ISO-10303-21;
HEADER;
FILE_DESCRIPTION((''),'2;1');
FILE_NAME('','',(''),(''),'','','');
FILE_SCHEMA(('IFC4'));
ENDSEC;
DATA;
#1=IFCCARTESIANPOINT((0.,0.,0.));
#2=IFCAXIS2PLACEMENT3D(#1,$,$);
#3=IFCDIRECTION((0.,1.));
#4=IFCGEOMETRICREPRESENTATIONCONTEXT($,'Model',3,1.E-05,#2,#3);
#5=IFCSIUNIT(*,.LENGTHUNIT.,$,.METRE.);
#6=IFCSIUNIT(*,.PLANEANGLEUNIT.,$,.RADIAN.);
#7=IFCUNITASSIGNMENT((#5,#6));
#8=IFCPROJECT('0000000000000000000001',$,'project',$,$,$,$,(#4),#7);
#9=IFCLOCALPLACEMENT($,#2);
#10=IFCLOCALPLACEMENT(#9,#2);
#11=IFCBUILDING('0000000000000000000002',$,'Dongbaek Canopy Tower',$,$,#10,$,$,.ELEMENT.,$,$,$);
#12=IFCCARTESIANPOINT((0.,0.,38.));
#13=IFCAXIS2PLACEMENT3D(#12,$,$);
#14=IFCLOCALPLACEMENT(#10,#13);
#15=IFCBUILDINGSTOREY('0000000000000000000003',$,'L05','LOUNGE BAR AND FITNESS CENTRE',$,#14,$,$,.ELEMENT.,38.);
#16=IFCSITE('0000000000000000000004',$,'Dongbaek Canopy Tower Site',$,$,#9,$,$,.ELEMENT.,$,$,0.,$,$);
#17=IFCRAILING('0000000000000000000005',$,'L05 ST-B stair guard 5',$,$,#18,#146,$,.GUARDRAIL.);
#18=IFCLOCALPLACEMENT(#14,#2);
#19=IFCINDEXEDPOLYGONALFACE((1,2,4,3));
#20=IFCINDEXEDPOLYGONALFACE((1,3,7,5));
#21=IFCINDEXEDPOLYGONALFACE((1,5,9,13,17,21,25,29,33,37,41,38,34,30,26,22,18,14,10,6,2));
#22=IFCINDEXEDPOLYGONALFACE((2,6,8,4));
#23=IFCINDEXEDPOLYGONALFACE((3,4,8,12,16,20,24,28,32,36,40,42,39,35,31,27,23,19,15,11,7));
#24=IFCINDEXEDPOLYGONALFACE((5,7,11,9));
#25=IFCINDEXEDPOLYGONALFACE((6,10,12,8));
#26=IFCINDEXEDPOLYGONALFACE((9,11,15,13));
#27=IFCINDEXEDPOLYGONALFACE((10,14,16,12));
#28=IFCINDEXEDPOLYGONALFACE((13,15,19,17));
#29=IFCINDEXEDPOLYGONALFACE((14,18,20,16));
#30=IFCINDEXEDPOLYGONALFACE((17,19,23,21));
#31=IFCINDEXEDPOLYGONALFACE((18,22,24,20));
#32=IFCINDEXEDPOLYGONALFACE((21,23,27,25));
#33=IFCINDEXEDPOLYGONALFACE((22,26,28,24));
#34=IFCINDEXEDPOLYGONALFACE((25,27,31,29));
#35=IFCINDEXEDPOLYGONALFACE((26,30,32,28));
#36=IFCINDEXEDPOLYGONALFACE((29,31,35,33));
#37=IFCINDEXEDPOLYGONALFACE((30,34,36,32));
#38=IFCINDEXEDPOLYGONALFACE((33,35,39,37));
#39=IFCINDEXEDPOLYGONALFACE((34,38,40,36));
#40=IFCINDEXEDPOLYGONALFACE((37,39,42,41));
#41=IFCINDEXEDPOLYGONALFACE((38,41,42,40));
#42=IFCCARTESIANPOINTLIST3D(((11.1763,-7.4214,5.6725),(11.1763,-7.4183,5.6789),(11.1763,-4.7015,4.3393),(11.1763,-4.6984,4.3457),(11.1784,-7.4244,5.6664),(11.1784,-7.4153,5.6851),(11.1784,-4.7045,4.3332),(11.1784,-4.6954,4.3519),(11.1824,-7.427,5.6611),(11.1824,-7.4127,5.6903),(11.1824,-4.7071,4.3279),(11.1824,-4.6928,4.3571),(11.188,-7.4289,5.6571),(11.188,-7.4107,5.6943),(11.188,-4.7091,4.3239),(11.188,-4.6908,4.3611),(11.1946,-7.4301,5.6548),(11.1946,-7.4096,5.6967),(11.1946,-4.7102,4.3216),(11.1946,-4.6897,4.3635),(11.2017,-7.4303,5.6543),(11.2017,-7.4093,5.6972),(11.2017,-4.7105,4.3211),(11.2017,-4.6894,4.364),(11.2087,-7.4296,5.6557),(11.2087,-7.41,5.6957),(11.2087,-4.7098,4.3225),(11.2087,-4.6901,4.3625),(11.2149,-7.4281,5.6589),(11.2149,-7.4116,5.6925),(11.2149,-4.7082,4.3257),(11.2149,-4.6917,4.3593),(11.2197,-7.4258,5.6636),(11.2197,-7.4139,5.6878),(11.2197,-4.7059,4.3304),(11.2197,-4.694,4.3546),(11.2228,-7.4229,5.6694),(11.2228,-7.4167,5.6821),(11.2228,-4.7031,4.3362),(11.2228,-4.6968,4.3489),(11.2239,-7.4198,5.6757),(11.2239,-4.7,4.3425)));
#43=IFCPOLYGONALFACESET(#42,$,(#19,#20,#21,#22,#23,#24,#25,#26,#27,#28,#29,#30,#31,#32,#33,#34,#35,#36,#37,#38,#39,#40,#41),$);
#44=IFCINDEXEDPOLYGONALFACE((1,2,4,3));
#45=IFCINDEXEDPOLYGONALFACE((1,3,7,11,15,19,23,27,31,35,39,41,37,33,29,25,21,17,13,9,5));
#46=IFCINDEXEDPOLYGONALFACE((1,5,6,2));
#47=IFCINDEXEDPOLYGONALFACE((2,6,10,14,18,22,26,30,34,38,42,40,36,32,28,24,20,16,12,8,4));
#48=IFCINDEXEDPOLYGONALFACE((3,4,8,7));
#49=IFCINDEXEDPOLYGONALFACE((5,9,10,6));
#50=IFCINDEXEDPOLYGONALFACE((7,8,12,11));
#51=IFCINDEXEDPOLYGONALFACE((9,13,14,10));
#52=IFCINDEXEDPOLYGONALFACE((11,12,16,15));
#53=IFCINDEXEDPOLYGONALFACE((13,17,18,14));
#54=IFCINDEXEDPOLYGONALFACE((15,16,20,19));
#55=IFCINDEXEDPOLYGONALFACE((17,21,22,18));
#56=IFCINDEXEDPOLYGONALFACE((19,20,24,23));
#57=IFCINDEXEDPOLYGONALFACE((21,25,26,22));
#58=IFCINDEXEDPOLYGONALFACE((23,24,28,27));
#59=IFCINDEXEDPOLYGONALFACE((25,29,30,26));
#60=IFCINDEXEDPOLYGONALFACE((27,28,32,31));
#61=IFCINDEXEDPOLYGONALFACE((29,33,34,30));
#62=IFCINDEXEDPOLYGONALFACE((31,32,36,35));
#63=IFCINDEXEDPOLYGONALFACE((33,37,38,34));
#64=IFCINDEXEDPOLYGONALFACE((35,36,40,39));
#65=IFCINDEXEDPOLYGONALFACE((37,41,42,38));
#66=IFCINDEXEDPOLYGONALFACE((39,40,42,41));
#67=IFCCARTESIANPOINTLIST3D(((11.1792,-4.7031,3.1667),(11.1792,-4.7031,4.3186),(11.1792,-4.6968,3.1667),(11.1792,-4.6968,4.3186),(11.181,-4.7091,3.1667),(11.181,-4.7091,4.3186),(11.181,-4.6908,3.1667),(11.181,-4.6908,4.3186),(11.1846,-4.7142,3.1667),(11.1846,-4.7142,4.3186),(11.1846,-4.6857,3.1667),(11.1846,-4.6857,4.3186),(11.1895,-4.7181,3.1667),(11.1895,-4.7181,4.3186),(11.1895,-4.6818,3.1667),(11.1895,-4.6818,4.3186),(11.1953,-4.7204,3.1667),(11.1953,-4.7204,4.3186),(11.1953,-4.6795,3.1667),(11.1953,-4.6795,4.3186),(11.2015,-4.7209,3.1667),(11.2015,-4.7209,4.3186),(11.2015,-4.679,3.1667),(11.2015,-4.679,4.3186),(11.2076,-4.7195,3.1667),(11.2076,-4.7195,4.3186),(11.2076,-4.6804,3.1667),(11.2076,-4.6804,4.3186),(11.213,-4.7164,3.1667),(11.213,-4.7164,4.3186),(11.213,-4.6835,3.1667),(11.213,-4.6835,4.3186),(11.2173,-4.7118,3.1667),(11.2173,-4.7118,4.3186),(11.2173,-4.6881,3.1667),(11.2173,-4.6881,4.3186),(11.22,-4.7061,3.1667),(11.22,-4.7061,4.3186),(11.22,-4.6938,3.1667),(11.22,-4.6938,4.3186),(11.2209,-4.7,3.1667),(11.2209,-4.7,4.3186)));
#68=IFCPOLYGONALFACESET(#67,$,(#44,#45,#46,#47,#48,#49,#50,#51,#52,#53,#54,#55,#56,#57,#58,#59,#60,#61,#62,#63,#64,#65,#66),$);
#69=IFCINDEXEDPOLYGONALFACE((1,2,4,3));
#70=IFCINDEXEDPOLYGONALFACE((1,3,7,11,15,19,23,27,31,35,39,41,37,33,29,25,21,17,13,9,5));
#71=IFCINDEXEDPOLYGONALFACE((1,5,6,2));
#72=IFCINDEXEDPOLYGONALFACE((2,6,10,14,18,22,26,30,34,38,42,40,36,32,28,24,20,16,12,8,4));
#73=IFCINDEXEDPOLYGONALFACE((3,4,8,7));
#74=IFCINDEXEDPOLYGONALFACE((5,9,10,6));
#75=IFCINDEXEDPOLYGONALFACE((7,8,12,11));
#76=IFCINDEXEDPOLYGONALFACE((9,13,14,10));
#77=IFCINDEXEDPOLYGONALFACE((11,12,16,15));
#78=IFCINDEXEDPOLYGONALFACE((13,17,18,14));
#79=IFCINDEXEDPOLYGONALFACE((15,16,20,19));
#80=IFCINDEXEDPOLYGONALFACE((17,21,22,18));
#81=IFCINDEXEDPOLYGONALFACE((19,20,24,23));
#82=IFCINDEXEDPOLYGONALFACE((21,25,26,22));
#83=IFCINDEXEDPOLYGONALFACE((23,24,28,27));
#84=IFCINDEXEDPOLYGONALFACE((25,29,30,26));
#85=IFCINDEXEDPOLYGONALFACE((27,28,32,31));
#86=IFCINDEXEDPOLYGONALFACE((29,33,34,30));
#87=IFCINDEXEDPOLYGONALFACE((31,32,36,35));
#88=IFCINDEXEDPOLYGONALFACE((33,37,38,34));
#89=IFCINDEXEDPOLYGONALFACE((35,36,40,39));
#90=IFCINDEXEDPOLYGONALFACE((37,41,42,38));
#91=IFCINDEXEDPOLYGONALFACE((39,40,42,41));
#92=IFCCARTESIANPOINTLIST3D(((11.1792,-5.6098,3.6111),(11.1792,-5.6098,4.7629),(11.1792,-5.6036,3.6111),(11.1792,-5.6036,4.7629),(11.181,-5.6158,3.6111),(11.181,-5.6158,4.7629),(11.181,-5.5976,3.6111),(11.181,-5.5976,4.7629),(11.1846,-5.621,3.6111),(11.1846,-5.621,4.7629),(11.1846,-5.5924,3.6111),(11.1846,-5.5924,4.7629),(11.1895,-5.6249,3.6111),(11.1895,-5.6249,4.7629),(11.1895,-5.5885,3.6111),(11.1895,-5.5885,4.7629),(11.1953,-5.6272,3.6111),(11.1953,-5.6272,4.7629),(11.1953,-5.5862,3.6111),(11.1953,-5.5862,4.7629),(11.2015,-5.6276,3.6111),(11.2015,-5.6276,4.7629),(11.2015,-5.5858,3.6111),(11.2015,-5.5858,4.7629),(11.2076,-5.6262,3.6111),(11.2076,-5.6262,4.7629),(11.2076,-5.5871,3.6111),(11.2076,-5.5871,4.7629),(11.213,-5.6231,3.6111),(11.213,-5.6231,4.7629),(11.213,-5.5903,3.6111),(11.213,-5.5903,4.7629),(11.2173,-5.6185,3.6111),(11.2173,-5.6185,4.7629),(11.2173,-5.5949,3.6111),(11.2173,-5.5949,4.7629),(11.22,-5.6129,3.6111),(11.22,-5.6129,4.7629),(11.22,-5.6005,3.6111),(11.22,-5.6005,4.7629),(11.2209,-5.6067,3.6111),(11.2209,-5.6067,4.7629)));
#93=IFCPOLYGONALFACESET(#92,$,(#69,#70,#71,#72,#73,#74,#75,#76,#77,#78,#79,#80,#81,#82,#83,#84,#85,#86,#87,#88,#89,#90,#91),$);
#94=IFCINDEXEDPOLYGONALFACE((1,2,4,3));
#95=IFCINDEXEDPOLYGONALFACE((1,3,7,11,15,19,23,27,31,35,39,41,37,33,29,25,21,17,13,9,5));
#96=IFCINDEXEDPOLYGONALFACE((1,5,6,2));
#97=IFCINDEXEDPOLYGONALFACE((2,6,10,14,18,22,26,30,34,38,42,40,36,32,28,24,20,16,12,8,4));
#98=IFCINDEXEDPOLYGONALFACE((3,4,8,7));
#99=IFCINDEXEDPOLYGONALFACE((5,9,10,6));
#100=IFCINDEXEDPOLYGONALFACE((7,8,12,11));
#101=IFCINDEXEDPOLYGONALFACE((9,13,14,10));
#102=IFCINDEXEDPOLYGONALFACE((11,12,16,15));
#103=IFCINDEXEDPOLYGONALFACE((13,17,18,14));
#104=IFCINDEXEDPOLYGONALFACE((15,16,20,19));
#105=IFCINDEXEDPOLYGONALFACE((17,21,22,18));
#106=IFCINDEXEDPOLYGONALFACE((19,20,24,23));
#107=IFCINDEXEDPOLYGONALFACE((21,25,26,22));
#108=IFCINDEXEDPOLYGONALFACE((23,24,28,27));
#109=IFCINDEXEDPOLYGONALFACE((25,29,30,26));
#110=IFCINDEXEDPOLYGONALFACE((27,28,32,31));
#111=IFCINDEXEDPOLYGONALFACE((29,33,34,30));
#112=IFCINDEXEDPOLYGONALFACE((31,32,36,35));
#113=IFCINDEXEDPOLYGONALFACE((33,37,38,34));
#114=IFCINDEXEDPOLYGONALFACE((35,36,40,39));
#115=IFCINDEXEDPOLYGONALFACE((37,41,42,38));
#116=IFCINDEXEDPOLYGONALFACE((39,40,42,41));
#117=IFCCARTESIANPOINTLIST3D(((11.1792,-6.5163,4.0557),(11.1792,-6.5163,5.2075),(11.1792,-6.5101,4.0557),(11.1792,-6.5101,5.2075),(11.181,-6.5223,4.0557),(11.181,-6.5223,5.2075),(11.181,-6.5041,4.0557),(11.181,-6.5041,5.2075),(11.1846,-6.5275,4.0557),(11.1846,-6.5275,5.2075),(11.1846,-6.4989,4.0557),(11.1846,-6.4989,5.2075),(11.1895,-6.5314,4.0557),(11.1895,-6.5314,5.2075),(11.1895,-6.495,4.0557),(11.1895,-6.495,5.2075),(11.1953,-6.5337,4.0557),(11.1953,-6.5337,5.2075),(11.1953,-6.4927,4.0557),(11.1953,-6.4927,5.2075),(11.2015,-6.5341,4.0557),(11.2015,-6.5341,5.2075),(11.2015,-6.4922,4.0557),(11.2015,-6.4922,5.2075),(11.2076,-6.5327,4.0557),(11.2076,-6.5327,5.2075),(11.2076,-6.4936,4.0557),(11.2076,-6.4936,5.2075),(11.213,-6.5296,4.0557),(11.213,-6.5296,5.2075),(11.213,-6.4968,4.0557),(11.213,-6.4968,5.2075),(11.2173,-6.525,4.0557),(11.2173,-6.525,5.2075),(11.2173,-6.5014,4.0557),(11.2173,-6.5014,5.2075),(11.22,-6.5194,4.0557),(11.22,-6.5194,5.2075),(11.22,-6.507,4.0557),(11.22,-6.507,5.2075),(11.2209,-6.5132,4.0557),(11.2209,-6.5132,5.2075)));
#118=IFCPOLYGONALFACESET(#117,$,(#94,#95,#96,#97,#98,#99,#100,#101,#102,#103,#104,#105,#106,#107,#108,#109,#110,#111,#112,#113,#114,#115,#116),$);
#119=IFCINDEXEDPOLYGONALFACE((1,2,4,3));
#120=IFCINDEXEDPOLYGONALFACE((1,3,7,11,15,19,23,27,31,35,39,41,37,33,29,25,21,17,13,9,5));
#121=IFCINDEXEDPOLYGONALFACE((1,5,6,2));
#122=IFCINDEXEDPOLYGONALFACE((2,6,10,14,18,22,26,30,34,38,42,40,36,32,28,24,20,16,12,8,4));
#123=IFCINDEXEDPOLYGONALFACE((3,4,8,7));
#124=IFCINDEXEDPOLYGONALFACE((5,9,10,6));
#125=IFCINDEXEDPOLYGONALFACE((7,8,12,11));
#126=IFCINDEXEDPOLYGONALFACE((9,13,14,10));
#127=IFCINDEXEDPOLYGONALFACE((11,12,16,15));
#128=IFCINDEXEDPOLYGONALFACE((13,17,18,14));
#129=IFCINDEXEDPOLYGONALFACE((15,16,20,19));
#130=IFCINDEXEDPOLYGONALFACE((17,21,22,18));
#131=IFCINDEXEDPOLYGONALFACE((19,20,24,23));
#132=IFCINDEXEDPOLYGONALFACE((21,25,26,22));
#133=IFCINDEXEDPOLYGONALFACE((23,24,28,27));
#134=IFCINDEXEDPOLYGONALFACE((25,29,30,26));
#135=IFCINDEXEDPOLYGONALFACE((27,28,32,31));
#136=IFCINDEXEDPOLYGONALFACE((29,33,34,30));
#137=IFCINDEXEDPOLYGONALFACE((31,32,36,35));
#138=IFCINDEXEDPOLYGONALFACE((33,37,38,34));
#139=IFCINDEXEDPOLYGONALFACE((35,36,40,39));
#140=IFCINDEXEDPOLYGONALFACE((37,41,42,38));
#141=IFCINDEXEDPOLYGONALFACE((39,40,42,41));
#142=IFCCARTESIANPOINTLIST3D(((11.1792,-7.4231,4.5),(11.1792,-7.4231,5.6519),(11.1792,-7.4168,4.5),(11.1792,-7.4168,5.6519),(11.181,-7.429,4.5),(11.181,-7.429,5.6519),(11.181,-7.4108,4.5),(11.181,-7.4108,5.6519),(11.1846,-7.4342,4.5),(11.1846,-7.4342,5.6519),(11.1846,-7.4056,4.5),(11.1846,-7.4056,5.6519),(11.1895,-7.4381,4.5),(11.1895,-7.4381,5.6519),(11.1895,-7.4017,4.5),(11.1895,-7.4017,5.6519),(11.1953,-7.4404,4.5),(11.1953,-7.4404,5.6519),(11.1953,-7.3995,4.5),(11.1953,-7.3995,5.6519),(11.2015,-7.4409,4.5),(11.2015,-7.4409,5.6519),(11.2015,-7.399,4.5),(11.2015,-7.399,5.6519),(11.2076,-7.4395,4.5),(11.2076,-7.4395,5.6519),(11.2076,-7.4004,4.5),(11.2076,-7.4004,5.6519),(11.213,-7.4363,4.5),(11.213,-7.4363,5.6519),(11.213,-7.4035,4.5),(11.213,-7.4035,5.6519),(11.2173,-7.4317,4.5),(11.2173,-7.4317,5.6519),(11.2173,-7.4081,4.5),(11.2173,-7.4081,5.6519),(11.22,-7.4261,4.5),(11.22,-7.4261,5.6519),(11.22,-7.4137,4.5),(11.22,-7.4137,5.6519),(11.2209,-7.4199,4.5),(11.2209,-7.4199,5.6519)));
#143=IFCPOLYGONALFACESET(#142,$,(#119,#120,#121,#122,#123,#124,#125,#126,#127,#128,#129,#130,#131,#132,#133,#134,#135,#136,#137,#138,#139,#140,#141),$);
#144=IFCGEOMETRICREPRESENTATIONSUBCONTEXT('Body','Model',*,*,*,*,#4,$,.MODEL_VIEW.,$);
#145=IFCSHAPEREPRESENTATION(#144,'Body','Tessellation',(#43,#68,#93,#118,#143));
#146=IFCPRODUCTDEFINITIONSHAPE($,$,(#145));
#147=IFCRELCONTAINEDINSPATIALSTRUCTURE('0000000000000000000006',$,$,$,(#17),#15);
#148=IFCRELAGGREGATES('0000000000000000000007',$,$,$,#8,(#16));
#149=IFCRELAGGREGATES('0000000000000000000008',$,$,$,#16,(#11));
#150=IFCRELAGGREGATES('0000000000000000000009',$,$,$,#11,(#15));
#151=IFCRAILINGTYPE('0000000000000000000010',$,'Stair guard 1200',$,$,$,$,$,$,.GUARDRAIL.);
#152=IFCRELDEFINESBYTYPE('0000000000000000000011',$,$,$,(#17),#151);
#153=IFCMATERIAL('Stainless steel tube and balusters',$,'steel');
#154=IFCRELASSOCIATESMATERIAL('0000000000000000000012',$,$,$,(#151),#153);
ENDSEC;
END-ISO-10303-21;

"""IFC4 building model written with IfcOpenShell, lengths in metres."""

from ifc_helpers import new_model, si_unit, direction, frame, origin, origin_2d, place, context, subcontext, project, spatial, circle, extrude, material, type_object, element, save


model = new_model("IFC4")

# Units and contexts
model_context = context("Model", 3, precision=1e-05, world=origin(), true_north=direction((0.0, 1.0)))
body_context = subcontext(model_context, "Body", "Model", "MODEL_VIEW")
ifc_project = project(units=[si_unit("LENGTHUNIT", "METRE"), si_unit("PLANEANGLEUNIT", "RADIAN")], contexts=[model_context])

# Site, building, storey
site_placement = place(None, origin())
site = spatial("IfcSite", under=ifc_project, at=site_placement, Name="Dongbaek Canopy Tower Site", CompositionType="ELEMENT", RefElevation=0.0)
building_placement = place(site_placement, origin())
building = spatial("IfcBuilding", under=site, at=building_placement, Name="Dongbaek Canopy Tower", CompositionType="ELEMENT")
storey_placement = place(building_placement, frame((0.0, 0.0, 38.0)))
storey = spatial("IfcBuildingStorey", under=building, at=storey_placement, Name="L05", Description="LOUNGE BAR AND FITNESS CENTRE", CompositionType="ELEMENT", Elevation=38.0)

# Railing
ifc_material_1 = material(Name="Stainless steel tube and balusters", Category="steel")
railing_type_1 = type_object("IfcRailingType", Name="Stair guard 1200", PredefinedType="GUARDRAIL", material=ifc_material_1)
railing_1_placement = place(storey_placement, frame((11.2, -4.7, 3.1667)))
element("IfcRailing", 1, at=railing_1_placement, inside=storey, type_object=railing_type_1, Name="L05 ST-B stair guard 5", PredefinedType="GUARDRAIL", context=body_context, shape_type="SweptSolid", body=[
    extrude(circle(Radius=0.0239, at=origin_2d()), frame((0.0, 0.0, 1.1758), z_axis=(0.0, -0.897929, 0.440139), x_axis=(1.0, 0.0, 0.0)), (0.0, 0.0, 1.0), 3.0291),
    extrude(circle(Radius=0.021, at=origin_2d()), origin(), (0.0, 0.0, 1.0), 1.1519),
    extrude(circle(Radius=0.021, at=origin_2d()), frame((0.0, -0.9067, 0.4443)), (0.0, 0.0, 1.0), 1.1519),
    extrude(circle(Radius=0.021, at=origin_2d()), frame((0.0, -1.8132, 0.8889)), (0.0, 0.0, 1.0), 1.1519),
    extrude(circle(Radius=0.021, at=origin_2d()), frame((0.0, -2.72, 1.3333)), (0.0, 0.0, 1.0), 1.1519),
])

save(model, "model.ifc")
